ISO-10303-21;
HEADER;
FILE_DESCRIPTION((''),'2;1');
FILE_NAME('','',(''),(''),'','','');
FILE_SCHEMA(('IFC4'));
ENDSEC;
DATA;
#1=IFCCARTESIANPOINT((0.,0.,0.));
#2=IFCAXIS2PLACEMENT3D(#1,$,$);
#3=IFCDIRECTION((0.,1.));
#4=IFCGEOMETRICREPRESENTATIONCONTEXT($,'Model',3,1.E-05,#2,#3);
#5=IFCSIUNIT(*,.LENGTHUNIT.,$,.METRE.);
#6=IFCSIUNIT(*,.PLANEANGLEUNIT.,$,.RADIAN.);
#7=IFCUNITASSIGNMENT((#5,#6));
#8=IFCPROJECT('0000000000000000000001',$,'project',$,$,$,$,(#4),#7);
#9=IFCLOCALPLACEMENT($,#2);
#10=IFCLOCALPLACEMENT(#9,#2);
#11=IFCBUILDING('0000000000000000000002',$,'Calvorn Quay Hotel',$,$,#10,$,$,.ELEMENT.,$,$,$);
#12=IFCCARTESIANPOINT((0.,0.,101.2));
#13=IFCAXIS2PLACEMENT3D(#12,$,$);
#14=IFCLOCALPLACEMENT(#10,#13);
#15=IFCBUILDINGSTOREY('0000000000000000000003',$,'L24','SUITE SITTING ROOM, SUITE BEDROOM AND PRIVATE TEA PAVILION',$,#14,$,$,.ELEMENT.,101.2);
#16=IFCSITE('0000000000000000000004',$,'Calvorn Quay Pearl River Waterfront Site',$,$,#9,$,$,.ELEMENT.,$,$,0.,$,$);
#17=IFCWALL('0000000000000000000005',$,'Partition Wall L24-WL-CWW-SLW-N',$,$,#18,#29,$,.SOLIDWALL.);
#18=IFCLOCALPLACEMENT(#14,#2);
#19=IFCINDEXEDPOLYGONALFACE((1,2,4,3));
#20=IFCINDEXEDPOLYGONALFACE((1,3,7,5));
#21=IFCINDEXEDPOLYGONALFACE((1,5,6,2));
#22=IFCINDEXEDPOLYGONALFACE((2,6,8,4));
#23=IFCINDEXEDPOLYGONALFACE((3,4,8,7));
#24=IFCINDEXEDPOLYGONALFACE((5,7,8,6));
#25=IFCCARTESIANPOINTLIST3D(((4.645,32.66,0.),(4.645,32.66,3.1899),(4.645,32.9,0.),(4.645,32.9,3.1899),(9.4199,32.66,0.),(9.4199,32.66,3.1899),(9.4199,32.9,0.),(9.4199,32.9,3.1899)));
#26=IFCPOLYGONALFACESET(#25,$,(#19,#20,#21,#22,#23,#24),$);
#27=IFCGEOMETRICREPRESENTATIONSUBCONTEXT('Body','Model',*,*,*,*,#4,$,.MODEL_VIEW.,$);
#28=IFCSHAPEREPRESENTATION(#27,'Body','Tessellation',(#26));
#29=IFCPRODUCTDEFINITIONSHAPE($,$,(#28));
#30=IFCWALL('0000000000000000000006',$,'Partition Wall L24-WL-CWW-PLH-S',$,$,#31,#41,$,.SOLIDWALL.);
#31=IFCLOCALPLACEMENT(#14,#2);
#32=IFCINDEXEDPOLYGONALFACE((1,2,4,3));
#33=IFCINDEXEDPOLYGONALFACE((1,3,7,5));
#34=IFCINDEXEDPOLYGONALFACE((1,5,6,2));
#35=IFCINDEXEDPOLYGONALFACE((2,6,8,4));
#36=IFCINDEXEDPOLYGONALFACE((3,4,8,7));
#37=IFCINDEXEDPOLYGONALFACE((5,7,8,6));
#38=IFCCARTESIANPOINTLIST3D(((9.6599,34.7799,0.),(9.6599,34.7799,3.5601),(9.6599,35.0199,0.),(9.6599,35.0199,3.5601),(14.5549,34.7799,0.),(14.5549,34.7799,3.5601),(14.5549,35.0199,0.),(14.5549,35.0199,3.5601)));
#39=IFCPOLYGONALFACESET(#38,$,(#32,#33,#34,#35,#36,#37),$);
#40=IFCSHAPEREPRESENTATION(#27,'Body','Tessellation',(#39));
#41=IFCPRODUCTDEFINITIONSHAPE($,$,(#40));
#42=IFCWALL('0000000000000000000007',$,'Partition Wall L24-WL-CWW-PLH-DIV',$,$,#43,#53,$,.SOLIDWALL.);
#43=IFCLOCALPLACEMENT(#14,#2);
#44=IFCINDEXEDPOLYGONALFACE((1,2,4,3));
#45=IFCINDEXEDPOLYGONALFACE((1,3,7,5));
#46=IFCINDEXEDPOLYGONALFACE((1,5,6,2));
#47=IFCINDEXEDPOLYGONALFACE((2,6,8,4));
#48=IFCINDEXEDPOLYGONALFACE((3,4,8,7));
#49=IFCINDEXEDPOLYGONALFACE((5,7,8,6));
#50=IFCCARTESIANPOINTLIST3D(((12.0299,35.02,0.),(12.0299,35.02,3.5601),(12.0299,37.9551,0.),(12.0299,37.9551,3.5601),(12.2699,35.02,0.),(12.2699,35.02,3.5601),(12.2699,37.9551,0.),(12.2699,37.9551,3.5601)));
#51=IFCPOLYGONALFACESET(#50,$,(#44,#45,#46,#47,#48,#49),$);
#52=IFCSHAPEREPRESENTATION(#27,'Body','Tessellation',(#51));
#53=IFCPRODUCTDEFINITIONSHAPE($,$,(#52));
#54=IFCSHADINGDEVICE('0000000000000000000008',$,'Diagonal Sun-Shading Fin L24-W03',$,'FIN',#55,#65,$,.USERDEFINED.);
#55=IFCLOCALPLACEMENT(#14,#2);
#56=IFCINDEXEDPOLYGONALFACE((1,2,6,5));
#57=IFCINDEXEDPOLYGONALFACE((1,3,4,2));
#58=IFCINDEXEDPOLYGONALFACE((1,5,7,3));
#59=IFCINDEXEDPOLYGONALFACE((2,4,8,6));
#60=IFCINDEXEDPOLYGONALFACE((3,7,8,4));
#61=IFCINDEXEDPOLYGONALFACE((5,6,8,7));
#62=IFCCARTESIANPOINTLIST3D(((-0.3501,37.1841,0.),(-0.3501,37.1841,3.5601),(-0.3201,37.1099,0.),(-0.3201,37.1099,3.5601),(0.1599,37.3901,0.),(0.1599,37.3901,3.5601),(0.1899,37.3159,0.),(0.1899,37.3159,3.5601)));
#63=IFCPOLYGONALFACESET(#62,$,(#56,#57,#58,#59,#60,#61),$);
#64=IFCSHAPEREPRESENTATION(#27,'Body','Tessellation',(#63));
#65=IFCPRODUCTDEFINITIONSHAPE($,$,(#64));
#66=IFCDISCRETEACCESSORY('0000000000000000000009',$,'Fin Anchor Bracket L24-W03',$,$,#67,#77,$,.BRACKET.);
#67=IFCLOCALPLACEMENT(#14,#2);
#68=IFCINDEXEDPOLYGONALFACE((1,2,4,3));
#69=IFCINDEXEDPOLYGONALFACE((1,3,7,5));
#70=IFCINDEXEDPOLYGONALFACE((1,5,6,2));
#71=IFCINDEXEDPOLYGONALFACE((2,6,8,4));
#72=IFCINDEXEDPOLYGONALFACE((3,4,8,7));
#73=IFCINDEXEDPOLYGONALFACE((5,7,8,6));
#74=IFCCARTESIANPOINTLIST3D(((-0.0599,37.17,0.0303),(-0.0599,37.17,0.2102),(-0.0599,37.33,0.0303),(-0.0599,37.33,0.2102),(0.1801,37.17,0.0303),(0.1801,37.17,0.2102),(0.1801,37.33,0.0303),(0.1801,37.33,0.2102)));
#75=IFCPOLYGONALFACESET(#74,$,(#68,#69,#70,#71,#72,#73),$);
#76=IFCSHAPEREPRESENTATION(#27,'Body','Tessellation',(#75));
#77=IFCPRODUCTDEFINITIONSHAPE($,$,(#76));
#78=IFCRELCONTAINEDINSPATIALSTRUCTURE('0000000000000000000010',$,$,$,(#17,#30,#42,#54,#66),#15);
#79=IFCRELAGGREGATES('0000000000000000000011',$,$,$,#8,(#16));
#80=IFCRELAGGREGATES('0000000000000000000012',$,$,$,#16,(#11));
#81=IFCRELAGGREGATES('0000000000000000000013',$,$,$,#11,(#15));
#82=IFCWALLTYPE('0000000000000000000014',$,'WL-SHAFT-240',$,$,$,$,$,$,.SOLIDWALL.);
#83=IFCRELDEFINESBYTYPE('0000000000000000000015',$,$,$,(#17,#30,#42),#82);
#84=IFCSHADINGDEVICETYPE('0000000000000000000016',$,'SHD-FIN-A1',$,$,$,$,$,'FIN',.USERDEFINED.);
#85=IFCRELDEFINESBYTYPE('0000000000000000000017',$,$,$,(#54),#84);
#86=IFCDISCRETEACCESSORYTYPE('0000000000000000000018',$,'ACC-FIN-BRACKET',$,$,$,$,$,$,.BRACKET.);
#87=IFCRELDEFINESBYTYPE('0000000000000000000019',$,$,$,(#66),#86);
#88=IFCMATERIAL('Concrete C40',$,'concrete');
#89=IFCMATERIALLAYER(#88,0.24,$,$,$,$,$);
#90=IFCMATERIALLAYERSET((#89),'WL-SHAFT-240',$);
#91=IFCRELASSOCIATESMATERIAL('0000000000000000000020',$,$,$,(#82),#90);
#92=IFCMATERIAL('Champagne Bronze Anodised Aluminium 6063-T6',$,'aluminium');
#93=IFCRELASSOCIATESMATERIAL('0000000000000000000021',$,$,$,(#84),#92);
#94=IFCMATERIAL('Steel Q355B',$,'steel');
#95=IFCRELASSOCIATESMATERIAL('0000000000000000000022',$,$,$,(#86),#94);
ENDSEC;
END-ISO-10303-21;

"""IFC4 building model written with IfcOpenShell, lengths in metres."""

from ifc_helpers import new_model, si_unit, direction, frame, frame_2d, origin, origin_2d, place, context, subcontext, project, spatial, rectangle, extrude, material, layer, layer_set, type_object, element, save


model = new_model("IFC4")

# Units and contexts
model_context = context("Model", 3, precision=1e-05, world=origin(), true_north=direction((0.0, 1.0)))
body_context = subcontext(model_context, "Body", "Model", "MODEL_VIEW")
ifc_project = project(units=[si_unit("LENGTHUNIT", "METRE"), si_unit("PLANEANGLEUNIT", "RADIAN")], contexts=[model_context])

# Site, building, storey
site_placement = place(None, origin())
site = spatial("IfcSite", under=ifc_project, at=site_placement, Name="Calvorn Quay Pearl River Waterfront Site", CompositionType="ELEMENT", RefElevation=0.0)
building_placement = place(site_placement, origin())
building = spatial("IfcBuilding", under=site, at=building_placement, Name="Calvorn Quay Hotel", CompositionType="ELEMENT")
storey_placement = place(building_placement, frame((0.0, 0.0, 101.2)))
storey = spatial("IfcBuildingStorey", under=building, at=storey_placement, Name="L24", Description="SUITE SITTING ROOM, SUITE BEDROOM AND PRIVATE TEA PAVILION", CompositionType="ELEMENT", Elevation=101.2)

# Walls
ifc_material_1 = material(Name="Concrete C40", Category="concrete")
ifc_layer_1 = layer(ifc_material_1, 0.24)
ifc_layer_set_1 = layer_set([ifc_layer_1], Name="WL-SHAFT-240")
wall_type_1 = type_object("IfcWallType", Name="WL-SHAFT-240", PredefinedType="SOLIDWALL", material=ifc_layer_set_1)
wall_1_placement = place(storey_placement, frame((4.645, 32.78, 0.0), z_axis=(0.0, 0.0, 1.0), x_axis=(1.0, 0.0, 0.0)))
element("IfcWall", 1, at=wall_1_placement, inside=storey, type_object=wall_type_1, Name="Partition Wall L24-WL-CWW-SLW-N", PredefinedType="SOLIDWALL", context=body_context, shape_type="SweptSolid", body=[
    extrude(rectangle(XDim=4.7749, YDim=0.24, at=frame_2d((2.3875, 0.0))), origin(), (0.0, 0.0, 1.0), 3.1899),
])
wall_2_placement = place(storey_placement, frame((9.6599, 34.8999, 0.0), z_axis=(0.0, 0.0, 1.0), x_axis=(1.0, 0.0, 0.0)))
element("IfcWall", 2, at=wall_2_placement, inside=storey, type_object=wall_type_1, Name="Partition Wall L24-WL-CWW-PLH-S", PredefinedType="SOLIDWALL", context=body_context, shape_type="SweptSolid", body=[
    extrude(rectangle(XDim=4.895, YDim=0.24, at=frame_2d((2.4475, 0.0))), origin(), (0.0, 0.0, 1.0), 3.5601),
])
wall_3_placement = place(storey_placement, frame((12.1499, 35.02, 0.0), z_axis=(0.0, 0.0, 1.0), x_axis=(0.0, 1.0, 0.0)))
element("IfcWall", 3, at=wall_3_placement, inside=storey, type_object=wall_type_1, Name="Partition Wall L24-WL-CWW-PLH-DIV", PredefinedType="SOLIDWALL", context=body_context, shape_type="SweptSolid", body=[
    extrude(rectangle(XDim=2.9351, YDim=0.24, at=frame_2d((1.4675, 0.0))), origin(), (0.0, 0.0, 1.0), 3.5601),
])

# Shading device
ifc_material_2 = material(Name="Champagne Bronze Anodised Aluminium 6063-T6", Category="aluminium")
shading_device_type = type_object("IfcShadingDeviceType", Name="SHD-FIN-A1", ElementType="FIN", PredefinedType="USERDEFINED", material=ifc_material_2)
shading_device_placement = place(storey_placement, frame((-0.0801, 37.25, 0.0), z_axis=(0.0, 0.0, 1.0), x_axis=(0.927184, 0.374607, 0.0)))
element("IfcShadingDevice", 4, at=shading_device_placement, inside=storey, type_object=shading_device_type, Name="Diagonal Sun-Shading Fin L24-W03", ObjectType="FIN", PredefinedType="USERDEFINED", context=body_context, shape_type="SweptSolid", body=[
    extrude(rectangle(XDim=0.55, YDim=0.0801, at=origin_2d()), origin(), (0.0, 0.0, 1.0), 3.5601),
])

# Discrete accessory
ifc_material_3 = material(Name="Steel Q355B", Category="steel")
discrete_accessory_type = type_object("IfcDiscreteAccessoryType", Name="ACC-FIN-BRACKET", PredefinedType="BRACKET", material=ifc_material_3)
discrete_accessory_placement = place(storey_placement, frame((0.0601, 37.25, 0.0303), z_axis=(0.0, 0.0, 1.0), x_axis=(1.0, 0.0, 0.0)))
element("IfcDiscreteAccessory", 5, at=discrete_accessory_placement, inside=storey, type_object=discrete_accessory_type, Name="Fin Anchor Bracket L24-W03", PredefinedType="BRACKET", context=body_context, shape_type="SweptSolid", body=[
    extrude(rectangle(XDim=0.24, YDim=0.1599, at=origin_2d()), origin(), (0.0, 0.0, 1.0), 0.1799),
])

save(model, "model.ifc")
